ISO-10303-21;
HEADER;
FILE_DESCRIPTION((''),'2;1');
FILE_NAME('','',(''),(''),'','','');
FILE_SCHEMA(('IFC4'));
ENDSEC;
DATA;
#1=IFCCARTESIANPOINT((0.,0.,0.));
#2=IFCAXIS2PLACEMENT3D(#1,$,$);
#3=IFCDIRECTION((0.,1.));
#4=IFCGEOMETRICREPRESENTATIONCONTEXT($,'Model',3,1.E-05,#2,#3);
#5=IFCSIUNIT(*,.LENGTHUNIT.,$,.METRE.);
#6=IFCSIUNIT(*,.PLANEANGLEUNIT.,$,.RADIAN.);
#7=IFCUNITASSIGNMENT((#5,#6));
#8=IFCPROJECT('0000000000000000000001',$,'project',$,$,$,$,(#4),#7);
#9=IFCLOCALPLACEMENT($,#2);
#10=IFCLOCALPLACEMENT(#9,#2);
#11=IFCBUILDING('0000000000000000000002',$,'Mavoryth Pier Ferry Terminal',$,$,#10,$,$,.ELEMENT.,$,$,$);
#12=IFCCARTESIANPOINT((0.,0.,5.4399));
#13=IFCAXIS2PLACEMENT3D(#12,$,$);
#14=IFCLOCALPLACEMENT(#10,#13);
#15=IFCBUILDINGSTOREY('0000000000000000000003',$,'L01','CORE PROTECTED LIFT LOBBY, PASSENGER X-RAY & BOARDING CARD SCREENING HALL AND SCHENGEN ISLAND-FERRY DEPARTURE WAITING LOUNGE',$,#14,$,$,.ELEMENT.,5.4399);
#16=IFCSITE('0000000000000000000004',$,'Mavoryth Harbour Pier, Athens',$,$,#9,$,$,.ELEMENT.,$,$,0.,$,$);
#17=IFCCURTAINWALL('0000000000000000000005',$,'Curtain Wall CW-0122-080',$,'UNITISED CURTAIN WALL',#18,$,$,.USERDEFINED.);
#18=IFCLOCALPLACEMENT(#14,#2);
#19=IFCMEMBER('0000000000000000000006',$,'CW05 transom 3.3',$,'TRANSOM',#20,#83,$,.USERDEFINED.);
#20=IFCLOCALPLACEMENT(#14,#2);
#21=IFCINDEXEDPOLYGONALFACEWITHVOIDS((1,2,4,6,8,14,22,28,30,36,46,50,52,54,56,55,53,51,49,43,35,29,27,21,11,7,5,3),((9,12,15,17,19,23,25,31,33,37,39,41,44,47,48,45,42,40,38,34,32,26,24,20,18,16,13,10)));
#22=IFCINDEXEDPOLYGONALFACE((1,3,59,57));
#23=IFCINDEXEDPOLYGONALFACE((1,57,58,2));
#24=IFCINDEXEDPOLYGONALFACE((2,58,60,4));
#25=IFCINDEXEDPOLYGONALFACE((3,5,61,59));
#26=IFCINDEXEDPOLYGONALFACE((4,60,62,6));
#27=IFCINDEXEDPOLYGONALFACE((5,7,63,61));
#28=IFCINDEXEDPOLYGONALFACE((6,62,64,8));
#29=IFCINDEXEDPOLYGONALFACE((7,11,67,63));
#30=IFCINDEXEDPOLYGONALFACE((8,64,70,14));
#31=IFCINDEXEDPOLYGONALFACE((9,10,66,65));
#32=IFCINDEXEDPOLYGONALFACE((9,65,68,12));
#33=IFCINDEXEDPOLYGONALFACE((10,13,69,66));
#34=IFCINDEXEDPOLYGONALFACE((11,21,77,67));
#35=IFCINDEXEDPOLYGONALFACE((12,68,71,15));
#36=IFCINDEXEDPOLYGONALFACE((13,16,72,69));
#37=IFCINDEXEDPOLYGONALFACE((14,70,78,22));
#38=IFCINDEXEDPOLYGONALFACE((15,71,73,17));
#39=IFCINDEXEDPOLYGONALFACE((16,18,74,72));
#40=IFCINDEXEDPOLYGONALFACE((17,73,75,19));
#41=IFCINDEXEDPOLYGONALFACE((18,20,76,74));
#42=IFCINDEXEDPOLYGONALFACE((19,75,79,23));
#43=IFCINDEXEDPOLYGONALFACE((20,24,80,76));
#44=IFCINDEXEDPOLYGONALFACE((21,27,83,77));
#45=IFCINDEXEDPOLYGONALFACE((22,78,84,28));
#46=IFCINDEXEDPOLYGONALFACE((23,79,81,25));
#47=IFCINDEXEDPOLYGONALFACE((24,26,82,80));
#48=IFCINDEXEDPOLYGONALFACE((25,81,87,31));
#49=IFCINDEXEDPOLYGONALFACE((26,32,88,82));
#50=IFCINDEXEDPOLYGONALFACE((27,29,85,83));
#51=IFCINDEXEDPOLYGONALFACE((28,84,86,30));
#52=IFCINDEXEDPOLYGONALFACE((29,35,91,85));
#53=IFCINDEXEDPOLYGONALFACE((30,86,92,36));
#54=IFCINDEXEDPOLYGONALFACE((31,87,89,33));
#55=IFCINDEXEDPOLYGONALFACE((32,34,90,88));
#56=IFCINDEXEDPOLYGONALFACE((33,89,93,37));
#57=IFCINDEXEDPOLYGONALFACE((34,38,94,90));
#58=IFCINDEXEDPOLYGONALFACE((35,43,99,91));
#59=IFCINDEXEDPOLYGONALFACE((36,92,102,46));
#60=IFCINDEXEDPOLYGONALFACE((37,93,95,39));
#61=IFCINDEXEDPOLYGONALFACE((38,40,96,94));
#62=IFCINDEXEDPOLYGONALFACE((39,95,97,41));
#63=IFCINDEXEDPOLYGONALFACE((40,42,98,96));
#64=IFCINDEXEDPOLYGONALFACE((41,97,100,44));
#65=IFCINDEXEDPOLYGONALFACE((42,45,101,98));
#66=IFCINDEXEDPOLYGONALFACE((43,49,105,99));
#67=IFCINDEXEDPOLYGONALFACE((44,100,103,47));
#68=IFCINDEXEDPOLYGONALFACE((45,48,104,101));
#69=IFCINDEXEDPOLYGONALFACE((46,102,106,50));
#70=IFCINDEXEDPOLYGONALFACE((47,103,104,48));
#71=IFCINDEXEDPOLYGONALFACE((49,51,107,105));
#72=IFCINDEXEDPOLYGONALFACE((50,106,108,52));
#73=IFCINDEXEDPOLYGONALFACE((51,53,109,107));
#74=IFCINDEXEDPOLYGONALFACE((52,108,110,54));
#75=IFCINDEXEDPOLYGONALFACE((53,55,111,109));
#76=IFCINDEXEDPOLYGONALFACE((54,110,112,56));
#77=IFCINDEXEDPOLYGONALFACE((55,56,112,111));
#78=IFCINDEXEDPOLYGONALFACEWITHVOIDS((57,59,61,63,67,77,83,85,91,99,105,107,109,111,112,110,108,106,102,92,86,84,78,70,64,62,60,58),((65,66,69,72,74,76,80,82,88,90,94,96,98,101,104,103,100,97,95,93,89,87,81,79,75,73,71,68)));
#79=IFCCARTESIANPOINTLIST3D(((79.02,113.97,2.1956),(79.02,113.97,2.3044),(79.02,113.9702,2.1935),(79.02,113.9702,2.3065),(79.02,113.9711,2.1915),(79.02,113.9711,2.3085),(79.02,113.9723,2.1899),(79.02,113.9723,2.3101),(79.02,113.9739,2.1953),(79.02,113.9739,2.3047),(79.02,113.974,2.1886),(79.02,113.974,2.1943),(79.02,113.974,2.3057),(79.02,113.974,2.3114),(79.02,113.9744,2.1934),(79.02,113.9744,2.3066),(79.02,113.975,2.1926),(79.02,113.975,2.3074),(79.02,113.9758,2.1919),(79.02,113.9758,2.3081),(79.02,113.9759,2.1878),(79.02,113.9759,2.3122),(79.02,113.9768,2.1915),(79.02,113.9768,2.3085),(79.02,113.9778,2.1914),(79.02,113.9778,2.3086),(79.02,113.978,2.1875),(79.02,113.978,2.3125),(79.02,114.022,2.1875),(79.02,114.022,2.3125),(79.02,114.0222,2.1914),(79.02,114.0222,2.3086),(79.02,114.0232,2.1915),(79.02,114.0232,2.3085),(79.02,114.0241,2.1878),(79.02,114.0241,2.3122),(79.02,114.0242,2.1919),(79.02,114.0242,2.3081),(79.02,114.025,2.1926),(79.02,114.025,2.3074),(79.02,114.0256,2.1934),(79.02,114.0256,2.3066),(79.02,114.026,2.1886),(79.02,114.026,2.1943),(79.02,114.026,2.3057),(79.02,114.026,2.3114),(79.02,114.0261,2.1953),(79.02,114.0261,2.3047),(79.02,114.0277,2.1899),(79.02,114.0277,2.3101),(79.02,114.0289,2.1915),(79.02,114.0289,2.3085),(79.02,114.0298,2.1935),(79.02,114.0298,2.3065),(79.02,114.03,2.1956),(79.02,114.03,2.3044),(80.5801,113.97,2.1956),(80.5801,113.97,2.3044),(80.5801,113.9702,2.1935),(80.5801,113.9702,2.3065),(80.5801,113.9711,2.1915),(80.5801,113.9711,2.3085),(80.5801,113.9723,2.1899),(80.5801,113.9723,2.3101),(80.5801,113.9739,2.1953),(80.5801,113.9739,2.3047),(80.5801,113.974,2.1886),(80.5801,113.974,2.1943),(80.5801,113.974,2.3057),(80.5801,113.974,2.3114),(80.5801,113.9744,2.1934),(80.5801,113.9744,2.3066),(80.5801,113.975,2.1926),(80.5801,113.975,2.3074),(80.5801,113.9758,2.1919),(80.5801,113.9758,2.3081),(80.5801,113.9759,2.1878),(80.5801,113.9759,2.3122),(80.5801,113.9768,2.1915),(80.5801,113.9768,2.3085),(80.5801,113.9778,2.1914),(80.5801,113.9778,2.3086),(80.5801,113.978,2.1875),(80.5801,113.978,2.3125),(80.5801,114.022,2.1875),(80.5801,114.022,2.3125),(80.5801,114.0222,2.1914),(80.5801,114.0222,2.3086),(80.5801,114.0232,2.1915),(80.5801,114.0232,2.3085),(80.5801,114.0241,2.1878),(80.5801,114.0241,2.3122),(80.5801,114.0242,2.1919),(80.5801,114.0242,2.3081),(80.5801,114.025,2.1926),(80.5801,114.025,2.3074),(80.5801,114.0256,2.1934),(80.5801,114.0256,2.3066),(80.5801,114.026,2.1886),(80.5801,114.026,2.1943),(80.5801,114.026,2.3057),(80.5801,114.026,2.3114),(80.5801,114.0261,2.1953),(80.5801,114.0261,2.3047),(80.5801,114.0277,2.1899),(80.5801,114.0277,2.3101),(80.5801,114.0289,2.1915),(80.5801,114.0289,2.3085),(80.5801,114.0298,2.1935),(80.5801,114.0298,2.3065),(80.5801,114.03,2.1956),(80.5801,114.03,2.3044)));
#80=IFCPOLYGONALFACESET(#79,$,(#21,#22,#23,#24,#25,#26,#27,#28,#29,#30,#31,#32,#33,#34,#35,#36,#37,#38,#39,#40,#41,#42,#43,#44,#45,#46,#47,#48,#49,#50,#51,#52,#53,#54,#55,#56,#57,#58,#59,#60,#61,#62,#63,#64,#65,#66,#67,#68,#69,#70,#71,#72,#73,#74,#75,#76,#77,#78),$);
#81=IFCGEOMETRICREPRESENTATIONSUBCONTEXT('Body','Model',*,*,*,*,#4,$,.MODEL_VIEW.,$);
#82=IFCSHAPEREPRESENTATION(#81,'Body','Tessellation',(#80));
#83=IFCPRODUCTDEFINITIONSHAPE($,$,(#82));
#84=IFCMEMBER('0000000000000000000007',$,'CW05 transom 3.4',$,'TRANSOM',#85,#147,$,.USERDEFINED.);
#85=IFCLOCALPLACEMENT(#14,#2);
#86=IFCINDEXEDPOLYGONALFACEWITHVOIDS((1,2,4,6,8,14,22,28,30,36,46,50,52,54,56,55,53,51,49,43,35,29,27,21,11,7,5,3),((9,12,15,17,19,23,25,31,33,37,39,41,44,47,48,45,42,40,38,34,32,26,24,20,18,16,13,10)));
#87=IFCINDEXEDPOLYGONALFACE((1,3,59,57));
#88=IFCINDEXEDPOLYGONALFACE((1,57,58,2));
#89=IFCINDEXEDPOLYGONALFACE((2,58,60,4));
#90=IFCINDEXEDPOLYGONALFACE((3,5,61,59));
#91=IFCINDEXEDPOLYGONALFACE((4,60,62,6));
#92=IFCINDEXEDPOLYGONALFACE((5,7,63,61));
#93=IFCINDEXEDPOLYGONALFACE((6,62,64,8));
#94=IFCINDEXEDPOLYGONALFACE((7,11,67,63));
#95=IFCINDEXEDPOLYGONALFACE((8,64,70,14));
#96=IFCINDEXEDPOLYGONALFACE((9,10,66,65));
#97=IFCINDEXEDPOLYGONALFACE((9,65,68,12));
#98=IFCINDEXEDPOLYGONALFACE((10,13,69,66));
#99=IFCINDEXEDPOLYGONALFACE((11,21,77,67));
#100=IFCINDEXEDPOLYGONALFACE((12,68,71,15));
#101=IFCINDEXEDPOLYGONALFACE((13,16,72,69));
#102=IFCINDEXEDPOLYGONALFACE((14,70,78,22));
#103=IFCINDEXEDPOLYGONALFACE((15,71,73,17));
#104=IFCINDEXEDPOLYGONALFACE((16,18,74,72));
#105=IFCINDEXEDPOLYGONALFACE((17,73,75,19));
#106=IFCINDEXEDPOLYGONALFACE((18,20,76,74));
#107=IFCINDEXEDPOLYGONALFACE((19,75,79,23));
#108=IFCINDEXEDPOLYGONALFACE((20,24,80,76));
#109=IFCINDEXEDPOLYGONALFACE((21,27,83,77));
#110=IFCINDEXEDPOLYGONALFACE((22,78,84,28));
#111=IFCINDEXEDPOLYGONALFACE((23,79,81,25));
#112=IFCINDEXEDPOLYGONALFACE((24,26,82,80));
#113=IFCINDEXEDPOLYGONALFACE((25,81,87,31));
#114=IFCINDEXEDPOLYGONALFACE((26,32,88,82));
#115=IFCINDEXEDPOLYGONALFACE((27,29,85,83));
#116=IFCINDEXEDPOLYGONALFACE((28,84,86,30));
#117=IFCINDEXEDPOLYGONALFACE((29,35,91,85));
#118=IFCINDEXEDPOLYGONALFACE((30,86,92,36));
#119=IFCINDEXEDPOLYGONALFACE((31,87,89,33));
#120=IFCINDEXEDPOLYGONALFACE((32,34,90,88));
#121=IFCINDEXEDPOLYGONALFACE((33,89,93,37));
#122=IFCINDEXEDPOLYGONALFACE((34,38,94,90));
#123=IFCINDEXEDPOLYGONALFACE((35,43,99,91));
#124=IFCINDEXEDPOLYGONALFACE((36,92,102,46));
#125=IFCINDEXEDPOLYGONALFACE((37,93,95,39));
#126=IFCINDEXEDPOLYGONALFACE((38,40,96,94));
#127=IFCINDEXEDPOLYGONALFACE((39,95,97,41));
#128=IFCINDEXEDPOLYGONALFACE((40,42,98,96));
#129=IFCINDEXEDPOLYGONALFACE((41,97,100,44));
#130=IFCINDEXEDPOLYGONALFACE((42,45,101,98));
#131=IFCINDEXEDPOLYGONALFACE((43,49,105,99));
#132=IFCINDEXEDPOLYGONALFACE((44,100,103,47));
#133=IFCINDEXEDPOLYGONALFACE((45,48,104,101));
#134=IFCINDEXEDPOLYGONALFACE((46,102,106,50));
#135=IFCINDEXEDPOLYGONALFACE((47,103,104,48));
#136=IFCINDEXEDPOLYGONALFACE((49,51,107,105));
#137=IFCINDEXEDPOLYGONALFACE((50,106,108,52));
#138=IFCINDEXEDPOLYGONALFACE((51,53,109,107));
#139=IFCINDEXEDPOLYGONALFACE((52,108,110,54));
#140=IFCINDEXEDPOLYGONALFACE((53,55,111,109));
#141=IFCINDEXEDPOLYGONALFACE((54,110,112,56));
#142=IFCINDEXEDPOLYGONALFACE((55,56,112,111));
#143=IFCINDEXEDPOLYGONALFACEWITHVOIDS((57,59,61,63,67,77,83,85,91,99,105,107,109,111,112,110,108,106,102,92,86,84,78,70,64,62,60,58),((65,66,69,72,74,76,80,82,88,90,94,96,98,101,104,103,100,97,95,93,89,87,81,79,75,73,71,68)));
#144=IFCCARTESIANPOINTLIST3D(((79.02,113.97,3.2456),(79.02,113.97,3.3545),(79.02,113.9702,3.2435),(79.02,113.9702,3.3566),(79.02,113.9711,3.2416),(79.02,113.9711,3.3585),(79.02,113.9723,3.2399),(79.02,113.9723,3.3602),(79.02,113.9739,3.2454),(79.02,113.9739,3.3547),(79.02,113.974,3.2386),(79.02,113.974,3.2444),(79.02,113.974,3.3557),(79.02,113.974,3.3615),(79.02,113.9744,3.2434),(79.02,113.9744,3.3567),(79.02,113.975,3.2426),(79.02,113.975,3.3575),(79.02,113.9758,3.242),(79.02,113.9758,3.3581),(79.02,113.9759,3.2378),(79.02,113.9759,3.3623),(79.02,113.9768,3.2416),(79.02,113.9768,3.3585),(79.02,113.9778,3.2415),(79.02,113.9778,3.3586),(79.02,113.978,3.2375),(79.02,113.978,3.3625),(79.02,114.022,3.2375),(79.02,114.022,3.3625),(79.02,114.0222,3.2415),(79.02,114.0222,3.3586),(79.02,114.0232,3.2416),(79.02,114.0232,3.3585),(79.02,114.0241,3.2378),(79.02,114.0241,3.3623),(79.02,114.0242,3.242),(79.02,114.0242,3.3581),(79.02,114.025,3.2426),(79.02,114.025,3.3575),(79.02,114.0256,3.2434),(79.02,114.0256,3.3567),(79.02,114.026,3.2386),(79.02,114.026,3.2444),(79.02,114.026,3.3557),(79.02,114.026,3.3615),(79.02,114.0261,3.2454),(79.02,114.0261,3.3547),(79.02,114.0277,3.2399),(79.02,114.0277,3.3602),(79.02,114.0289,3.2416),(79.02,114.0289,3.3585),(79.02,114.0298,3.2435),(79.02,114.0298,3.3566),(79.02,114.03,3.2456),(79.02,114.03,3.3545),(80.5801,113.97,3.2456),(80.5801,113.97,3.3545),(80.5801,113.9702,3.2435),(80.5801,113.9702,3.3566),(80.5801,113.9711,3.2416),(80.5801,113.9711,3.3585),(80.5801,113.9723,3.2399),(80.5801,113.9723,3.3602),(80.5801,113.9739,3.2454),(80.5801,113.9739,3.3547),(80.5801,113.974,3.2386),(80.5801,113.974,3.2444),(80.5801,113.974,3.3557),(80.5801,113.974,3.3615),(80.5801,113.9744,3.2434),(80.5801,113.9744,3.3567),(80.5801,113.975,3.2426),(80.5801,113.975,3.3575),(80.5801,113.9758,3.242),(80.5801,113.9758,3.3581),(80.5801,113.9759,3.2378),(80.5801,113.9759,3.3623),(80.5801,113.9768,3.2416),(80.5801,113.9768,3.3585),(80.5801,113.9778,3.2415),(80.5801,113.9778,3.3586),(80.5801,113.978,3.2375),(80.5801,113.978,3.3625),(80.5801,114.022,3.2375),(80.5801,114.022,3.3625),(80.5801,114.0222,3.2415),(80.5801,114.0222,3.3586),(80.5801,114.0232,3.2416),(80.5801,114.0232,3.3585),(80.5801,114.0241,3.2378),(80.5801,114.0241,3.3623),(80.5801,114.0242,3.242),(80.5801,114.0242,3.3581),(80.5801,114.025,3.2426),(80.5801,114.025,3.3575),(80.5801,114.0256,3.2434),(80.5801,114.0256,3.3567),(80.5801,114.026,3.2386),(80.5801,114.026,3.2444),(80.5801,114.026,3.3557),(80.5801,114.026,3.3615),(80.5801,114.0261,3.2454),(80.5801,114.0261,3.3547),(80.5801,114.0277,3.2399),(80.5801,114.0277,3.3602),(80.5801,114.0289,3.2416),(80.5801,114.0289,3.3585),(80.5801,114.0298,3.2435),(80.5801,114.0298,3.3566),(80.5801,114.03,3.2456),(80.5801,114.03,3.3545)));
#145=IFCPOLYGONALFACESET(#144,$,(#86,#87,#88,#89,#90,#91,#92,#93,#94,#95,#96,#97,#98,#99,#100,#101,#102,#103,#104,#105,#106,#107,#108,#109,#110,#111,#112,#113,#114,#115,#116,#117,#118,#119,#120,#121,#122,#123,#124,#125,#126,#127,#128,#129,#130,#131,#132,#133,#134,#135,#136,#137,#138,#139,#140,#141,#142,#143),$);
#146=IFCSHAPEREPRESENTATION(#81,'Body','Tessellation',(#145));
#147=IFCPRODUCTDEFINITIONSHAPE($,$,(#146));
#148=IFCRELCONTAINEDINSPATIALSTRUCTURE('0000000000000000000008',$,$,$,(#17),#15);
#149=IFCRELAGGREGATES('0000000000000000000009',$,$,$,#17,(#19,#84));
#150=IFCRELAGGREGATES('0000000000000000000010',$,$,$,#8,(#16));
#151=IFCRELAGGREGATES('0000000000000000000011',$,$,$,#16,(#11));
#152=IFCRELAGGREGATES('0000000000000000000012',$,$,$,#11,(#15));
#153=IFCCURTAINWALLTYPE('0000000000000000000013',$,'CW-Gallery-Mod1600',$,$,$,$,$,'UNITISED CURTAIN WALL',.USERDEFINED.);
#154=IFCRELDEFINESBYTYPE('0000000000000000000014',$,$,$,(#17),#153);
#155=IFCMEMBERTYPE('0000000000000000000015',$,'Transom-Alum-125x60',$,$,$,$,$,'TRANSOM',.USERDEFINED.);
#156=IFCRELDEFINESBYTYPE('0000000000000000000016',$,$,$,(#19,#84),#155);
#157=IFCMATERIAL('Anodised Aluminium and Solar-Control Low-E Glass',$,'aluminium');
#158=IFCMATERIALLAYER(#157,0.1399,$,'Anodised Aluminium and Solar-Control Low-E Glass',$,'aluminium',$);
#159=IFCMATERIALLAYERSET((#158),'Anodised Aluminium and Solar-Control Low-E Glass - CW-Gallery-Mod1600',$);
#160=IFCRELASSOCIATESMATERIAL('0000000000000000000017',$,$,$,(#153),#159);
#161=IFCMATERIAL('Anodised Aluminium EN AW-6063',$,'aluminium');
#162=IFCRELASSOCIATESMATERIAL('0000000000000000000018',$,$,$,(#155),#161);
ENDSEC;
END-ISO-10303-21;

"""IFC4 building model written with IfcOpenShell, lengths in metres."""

from ifc_helpers import new_model, si_unit, direction, frame, origin, origin_2d, place, context, subcontext, project, spatial, hollow_rectangle, extrude, material, layer, layer_set, material_profile, profile_set, type_object, element, aggregate, save


model = new_model("IFC4")

# Units and contexts
model_context = context("Model", 3, precision=1e-05, world=origin(), true_north=direction((0.0, 1.0)))
body_context = subcontext(model_context, "Body", "Model", "MODEL_VIEW")
ifc_project = project(units=[si_unit("LENGTHUNIT", "METRE"), si_unit("PLANEANGLEUNIT", "RADIAN")], contexts=[model_context])

# Site, building, storey
site_placement = place(None, origin())
site = spatial("IfcSite", under=ifc_project, at=site_placement, Name="Mavoryth Harbour Pier, Athens", CompositionType="ELEMENT", RefElevation=0.0)
building_placement = place(site_placement, origin())
building = spatial("IfcBuilding", under=site, at=building_placement, Name="Mavoryth Pier Ferry Terminal", CompositionType="ELEMENT")
storey_placement = place(building_placement, frame((0.0, 0.0, 5.4399)))
storey = spatial("IfcBuildingStorey", under=building, at=storey_placement, Name="L01", Description="CORE PROTECTED LIFT LOBBY, PASSENGER X-RAY & BOARDING CARD SCREENING HALL AND SCHENGEN ISLAND-FERRY DEPARTURE WAITING LOUNGE", CompositionType="ELEMENT", Elevation=5.4399)

# Curtain wall
ifc_material_1 = material(Name="Anodised Aluminium and Solar-Control Low-E Glass", Category="aluminium")
ifc_layer_1 = layer(ifc_material_1, 0.1399, Name="Anodised Aluminium and Solar-Control Low-E Glass", Category="aluminium")
ifc_layer_set_1 = layer_set([ifc_layer_1], Name="Anodised Aluminium and Solar-Control Low-E Glass - CW-Gallery-Mod1600")
curtain_wall_type = type_object("IfcCurtainWallType", Name="CW-Gallery-Mod1600", ElementType="UNITISED CURTAIN WALL", PredefinedType="USERDEFINED", material=ifc_layer_set_1)
curtain_wall_1_placement = place(storey_placement, origin())
curtain_wall_1 = element("IfcCurtainWall", 1, at=curtain_wall_1_placement, inside=storey, type_object=curtain_wall_type, Name="Curtain Wall CW-0122-080", ObjectType="UNITISED CURTAIN WALL", PredefinedType="USERDEFINED")
ifc_material_2 = material(Name="Anodised Aluminium EN AW-6063", Category="aluminium")

# Members
ifc_material_profile_1 = material_profile(ifc_material_2, hollow_rectangle(XDim=0.0601, YDim=0.125, WallThickness=0.0039, InnerFilletRadius=0.0039, OuterFilletRadius=0.0081, at=origin_2d()), Name="AL-TRAN 125x60x4", Category="aluminium")
ifc_profile_set_1 = profile_set([ifc_material_profile_1], Name="Anodised Aluminium EN AW-6063 - AL-TRAN 125x60x4")
member_type_1 = type_object("IfcMemberType", Name="Transom-Alum-125x60", ElementType="TRANSOM", PredefinedType="USERDEFINED", material=ifc_profile_set_1)
member_1_placement = place(storey_placement, frame((80.5801, 114.0, 2.25), z_axis=(-1.0, 0.0, 0.0), x_axis=(0.0, -1.0, 0.0)))
member_1 = element("IfcMember", 2, at=member_1_placement, type_object=member_type_1, Name="CW05 transom 3.3", ObjectType="TRANSOM", PredefinedType="USERDEFINED", context=body_context, shape_type="SweptSolid", body=[
    extrude(hollow_rectangle(XDim=0.0601, YDim=0.125, WallThickness=0.0039, InnerFilletRadius=0.0039, OuterFilletRadius=0.0081, at=origin_2d()), origin(), (0.0, 0.0, 1.0), 1.5601),
])
member_2_placement = place(storey_placement, frame((80.5801, 114.0, 3.3), z_axis=(-1.0, 0.0, 0.0), x_axis=(0.0, -1.0, 0.0)))
member_2 = element("IfcMember", 3, at=member_2_placement, type_object=member_type_1, Name="CW05 transom 3.4", ObjectType="TRANSOM", PredefinedType="USERDEFINED", context=body_context, shape_type="SweptSolid", body=[
    extrude(hollow_rectangle(XDim=0.0601, YDim=0.125, WallThickness=0.0039, InnerFilletRadius=0.0039, OuterFilletRadius=0.0081, at=origin_2d()), origin(), (0.0, 0.0, 1.0), 1.5601),
])

aggregate(curtain_wall_1, [member_1, member_2])

save(model, "model.ifc")
